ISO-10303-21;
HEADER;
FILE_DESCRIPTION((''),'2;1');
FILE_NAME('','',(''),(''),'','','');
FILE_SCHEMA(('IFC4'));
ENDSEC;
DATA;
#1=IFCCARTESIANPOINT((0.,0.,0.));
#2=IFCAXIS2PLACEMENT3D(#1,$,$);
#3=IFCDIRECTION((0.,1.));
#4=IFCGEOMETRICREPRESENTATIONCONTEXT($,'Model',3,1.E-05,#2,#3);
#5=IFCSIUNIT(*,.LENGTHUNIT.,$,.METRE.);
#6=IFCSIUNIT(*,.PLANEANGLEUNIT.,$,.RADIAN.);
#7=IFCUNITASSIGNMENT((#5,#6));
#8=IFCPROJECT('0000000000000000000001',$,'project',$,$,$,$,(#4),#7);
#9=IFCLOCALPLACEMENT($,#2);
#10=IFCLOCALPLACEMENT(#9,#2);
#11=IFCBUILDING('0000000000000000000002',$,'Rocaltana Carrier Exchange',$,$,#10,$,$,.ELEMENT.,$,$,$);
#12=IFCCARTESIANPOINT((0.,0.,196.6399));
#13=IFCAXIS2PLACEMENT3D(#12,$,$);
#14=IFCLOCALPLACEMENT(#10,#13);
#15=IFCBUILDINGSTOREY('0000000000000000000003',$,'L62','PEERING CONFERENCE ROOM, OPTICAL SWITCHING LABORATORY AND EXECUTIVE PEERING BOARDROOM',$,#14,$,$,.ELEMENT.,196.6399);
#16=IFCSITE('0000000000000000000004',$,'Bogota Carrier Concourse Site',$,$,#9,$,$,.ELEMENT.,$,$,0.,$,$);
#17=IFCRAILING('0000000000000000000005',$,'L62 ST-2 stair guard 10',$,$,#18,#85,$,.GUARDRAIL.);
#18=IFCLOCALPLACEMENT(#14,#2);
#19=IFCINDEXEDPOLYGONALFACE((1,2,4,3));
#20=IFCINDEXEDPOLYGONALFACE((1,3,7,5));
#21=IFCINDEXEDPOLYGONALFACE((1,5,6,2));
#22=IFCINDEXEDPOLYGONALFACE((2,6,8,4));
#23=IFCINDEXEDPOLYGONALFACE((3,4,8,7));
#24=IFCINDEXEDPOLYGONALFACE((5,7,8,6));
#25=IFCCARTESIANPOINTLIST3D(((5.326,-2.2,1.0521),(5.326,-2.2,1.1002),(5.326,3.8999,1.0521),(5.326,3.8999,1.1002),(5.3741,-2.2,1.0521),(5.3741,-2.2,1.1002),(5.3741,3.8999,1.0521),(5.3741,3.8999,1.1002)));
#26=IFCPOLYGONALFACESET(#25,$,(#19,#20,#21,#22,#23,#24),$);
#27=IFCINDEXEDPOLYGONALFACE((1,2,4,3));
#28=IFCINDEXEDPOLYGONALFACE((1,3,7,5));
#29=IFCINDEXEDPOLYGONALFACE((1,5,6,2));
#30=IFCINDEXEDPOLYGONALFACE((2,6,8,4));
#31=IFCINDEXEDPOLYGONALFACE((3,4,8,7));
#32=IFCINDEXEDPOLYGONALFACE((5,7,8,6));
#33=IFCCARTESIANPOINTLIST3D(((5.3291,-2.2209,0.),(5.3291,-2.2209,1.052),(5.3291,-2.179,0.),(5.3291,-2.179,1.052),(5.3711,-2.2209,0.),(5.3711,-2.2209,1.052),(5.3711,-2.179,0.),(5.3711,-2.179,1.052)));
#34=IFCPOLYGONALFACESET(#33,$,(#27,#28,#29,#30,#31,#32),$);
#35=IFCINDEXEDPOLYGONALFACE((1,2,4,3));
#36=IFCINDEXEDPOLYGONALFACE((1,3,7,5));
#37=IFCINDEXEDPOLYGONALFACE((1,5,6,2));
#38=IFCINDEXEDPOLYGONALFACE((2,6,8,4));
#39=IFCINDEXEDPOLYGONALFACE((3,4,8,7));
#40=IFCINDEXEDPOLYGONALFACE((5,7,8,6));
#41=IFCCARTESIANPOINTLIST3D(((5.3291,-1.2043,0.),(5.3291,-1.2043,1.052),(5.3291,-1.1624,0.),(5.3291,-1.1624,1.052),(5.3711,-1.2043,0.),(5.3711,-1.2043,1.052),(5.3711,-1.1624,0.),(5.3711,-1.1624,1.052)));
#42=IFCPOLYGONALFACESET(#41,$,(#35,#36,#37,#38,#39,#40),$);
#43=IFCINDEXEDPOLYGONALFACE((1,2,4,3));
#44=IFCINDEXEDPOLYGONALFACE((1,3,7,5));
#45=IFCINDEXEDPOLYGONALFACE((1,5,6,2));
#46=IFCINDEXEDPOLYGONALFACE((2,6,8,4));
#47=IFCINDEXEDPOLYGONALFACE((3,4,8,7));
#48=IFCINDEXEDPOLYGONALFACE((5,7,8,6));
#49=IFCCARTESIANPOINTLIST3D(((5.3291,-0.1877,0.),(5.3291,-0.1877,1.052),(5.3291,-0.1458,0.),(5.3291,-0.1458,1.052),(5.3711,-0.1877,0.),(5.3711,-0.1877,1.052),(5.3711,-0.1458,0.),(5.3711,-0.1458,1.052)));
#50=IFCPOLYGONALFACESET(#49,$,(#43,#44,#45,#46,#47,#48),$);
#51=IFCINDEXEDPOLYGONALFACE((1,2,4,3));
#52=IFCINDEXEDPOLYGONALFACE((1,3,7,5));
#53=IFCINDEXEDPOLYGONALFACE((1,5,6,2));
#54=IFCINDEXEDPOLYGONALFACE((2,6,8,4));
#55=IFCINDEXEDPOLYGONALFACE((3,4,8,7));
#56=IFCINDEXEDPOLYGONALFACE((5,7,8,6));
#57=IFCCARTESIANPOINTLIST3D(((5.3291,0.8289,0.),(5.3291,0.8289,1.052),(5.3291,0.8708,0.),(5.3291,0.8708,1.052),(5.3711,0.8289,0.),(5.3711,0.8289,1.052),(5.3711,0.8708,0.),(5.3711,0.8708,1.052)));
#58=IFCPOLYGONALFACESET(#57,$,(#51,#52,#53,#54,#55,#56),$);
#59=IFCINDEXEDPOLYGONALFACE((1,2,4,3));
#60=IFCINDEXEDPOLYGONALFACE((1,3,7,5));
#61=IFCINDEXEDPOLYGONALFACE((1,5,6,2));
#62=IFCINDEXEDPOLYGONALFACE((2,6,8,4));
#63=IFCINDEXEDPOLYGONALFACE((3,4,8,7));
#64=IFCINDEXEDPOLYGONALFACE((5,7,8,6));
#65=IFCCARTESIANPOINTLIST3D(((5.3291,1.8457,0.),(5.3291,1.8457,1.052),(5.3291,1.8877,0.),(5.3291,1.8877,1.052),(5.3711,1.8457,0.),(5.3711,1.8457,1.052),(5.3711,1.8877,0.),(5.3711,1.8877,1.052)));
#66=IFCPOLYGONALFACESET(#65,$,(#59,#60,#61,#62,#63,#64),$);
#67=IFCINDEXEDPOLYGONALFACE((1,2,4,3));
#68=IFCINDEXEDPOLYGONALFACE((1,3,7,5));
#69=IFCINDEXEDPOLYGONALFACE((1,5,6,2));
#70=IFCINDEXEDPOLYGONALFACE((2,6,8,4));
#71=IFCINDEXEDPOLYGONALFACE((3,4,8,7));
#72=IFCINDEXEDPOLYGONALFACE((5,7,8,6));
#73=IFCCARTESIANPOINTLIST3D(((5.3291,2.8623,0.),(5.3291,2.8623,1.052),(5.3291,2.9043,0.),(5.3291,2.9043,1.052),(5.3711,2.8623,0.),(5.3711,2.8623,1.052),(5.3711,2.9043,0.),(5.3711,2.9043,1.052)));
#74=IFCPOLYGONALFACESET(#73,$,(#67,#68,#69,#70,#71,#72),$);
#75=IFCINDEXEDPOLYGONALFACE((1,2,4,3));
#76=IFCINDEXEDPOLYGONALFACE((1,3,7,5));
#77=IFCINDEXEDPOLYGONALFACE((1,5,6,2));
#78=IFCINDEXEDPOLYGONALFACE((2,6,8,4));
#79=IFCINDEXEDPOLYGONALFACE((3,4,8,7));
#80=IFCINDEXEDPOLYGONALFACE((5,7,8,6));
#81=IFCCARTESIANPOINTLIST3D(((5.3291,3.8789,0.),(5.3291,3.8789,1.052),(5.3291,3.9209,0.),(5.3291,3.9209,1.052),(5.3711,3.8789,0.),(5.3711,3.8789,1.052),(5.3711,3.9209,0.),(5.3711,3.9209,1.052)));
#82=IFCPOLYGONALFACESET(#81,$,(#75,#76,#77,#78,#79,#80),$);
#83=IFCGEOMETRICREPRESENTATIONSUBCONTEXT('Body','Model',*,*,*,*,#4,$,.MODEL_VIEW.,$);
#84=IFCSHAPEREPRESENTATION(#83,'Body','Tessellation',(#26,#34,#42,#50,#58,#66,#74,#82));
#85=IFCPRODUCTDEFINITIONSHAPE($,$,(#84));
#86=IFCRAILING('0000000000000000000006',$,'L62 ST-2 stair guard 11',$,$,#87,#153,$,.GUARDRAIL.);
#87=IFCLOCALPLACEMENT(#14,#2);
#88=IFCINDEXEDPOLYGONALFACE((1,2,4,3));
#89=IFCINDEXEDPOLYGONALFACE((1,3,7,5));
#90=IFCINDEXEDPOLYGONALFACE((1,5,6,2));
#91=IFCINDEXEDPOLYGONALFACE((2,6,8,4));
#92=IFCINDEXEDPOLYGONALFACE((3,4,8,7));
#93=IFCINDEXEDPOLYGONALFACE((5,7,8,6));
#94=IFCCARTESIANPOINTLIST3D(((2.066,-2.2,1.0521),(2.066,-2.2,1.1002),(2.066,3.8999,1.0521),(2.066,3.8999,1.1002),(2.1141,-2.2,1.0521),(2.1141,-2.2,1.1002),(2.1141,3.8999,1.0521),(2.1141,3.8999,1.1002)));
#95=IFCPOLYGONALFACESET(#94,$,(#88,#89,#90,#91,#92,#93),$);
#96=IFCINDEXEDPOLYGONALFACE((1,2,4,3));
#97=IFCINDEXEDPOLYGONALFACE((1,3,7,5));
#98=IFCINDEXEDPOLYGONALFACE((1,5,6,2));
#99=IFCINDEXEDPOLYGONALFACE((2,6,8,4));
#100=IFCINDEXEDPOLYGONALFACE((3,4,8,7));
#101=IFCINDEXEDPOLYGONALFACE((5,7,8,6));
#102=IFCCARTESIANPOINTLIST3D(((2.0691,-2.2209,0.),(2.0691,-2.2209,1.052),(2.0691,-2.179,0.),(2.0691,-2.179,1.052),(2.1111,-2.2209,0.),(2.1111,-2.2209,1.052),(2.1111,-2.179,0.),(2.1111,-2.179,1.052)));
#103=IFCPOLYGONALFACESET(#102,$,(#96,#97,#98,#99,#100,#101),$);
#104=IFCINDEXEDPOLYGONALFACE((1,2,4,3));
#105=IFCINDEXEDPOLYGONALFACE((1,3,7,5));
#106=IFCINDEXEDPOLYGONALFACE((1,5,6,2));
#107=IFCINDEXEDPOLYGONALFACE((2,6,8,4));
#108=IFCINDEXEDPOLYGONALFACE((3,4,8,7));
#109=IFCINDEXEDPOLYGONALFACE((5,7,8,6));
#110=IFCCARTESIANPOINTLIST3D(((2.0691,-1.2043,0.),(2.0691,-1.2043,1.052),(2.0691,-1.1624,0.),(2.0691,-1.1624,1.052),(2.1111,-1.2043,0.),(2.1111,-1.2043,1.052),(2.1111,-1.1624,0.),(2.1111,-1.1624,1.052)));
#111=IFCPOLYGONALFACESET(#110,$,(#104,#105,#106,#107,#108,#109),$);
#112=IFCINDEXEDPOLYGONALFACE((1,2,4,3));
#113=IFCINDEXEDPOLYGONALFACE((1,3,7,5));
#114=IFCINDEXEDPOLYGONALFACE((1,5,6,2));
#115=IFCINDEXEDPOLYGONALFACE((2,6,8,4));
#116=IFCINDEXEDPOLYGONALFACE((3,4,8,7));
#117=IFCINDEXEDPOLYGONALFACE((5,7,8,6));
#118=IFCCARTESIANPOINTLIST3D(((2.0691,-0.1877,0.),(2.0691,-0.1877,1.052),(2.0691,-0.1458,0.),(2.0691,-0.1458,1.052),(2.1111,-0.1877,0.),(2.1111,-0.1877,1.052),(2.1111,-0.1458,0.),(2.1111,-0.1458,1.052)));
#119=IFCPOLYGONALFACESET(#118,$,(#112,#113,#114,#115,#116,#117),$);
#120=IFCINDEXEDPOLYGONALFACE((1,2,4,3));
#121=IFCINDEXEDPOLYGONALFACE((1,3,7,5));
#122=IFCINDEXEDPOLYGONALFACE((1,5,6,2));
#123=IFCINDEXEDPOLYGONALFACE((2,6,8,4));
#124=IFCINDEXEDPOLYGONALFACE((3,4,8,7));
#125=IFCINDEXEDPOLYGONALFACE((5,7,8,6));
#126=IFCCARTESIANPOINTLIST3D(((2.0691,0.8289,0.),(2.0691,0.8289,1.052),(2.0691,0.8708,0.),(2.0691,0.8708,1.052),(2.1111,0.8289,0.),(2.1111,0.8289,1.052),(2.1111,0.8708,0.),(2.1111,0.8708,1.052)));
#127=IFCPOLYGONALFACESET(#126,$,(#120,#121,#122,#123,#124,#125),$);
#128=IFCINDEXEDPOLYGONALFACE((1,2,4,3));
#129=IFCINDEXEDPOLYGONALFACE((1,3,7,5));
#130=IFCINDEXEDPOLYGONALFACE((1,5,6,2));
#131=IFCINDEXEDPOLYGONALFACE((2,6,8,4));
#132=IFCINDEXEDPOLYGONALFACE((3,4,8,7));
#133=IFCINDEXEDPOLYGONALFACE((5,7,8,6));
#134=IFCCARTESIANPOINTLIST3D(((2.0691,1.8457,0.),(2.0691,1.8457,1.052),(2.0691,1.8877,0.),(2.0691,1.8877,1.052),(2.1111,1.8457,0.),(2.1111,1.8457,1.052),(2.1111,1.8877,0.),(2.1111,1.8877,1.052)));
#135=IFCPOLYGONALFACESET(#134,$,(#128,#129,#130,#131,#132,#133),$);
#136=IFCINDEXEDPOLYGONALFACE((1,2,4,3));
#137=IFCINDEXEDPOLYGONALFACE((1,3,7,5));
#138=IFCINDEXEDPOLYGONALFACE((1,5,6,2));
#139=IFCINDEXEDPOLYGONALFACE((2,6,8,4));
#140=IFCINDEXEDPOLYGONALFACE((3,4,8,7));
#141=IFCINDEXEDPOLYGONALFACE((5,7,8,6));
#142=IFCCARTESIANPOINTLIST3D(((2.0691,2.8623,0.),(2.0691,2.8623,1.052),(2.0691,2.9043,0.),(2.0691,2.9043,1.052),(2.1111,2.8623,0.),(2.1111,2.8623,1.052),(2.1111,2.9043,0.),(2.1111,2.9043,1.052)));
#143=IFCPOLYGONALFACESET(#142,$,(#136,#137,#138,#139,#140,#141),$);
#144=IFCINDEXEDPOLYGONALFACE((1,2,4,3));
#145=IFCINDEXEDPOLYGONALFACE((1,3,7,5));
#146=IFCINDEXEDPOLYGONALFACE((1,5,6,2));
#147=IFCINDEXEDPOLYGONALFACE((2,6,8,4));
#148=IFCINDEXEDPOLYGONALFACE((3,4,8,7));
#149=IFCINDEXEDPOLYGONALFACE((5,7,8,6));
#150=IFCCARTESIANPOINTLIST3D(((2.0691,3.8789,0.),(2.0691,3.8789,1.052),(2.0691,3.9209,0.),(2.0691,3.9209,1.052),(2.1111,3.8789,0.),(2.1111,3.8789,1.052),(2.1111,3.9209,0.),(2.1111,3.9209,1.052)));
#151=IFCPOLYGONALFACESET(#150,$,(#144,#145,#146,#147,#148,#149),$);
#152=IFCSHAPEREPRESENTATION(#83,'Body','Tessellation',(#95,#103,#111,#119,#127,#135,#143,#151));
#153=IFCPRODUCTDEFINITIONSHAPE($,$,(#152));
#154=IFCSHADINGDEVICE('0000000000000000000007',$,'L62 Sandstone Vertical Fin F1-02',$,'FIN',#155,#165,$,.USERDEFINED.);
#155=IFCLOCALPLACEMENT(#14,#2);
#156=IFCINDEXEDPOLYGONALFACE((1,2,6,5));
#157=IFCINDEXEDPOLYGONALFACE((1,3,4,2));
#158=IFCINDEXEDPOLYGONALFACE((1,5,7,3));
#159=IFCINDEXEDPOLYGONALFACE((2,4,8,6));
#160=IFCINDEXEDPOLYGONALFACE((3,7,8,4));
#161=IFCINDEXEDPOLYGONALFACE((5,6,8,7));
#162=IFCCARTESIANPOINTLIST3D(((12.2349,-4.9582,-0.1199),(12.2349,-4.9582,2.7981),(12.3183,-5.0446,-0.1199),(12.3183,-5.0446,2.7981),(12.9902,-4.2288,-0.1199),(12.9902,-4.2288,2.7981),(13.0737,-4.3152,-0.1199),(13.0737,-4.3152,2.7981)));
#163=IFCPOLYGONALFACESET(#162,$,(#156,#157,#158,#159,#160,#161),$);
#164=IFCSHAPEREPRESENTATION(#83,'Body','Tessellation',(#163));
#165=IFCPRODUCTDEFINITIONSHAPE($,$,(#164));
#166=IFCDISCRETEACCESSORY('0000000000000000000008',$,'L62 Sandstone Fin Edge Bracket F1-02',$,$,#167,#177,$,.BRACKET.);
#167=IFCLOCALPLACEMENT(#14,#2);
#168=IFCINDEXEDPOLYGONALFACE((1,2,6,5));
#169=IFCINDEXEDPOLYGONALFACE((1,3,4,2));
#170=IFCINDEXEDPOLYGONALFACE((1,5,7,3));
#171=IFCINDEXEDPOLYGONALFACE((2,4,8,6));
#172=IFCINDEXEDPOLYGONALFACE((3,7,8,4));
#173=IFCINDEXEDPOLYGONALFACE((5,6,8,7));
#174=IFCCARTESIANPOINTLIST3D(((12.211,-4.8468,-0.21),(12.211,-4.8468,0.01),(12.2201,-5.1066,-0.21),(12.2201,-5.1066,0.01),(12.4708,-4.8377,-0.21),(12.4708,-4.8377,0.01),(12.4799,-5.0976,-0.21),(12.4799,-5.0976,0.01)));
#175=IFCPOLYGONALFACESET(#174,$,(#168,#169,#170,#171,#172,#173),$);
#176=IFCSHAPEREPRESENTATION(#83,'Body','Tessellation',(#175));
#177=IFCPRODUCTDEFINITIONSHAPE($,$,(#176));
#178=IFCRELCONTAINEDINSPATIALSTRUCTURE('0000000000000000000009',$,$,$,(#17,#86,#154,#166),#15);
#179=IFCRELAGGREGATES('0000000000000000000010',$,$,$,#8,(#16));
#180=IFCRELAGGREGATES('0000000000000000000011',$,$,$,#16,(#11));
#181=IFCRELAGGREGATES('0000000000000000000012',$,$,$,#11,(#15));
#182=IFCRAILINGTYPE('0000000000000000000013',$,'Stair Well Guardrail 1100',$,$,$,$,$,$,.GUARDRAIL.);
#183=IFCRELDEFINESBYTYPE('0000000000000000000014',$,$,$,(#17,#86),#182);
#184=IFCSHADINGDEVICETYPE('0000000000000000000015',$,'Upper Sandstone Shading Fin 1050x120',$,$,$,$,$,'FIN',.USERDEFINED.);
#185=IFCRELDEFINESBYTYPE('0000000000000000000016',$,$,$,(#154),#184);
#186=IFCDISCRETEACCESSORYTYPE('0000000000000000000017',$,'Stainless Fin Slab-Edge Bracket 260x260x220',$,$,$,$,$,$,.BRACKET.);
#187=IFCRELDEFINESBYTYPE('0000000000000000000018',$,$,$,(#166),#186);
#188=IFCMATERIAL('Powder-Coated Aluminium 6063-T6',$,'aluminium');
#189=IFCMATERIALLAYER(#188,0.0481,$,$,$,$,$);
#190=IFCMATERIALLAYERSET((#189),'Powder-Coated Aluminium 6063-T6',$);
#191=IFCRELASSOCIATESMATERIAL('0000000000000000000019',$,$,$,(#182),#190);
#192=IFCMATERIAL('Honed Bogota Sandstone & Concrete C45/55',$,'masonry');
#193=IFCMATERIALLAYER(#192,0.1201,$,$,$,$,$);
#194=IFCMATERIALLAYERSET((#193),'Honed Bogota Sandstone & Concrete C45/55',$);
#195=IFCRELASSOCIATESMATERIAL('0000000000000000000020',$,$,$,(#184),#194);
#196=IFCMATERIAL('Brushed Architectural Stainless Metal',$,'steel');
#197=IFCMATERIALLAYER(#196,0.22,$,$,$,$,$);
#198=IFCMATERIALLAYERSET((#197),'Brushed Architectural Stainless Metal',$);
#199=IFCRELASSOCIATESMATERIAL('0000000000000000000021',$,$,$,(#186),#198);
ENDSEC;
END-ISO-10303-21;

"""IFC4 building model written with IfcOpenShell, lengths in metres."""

from ifc_helpers import new_model, si_unit, direction, frame, origin, origin_2d, place, context, subcontext, project, spatial, rectangle, extrude, material, layer, layer_set, type_object, element, save


model = new_model("IFC4")

# Units and contexts
model_context = context("Model", 3, precision=1e-05, world=origin(), true_north=direction((0.0, 1.0)))
body_context = subcontext(model_context, "Body", "Model", "MODEL_VIEW")
ifc_project = project(units=[si_unit("LENGTHUNIT", "METRE"), si_unit("PLANEANGLEUNIT", "RADIAN")], contexts=[model_context])

# Site, building, storey
site_placement = place(None, origin())
site = spatial("IfcSite", under=ifc_project, at=site_placement, Name="Bogota Carrier Concourse Site", CompositionType="ELEMENT", RefElevation=0.0)
building_placement = place(site_placement, origin())
building = spatial("IfcBuilding", under=site, at=building_placement, Name="Rocaltana Carrier Exchange", CompositionType="ELEMENT")
storey_placement = place(building_placement, frame((0.0, 0.0, 196.6399)))
storey = spatial("IfcBuildingStorey", under=building, at=storey_placement, Name="L62", Description="PEERING CONFERENCE ROOM, OPTICAL SWITCHING LABORATORY AND EXECUTIVE PEERING BOARDROOM", CompositionType="ELEMENT", Elevation=196.6399)

# Railings
ifc_material_1 = material(Name="Powder-Coated Aluminium 6063-T6", Category="aluminium")
ifc_layer_1 = layer(ifc_material_1, 0.0481)
ifc_layer_set_1 = layer_set([ifc_layer_1], Name="Powder-Coated Aluminium 6063-T6")
railing_type_1 = type_object("IfcRailingType", Name="Stair Well Guardrail 1100", PredefinedType="GUARDRAIL", material=ifc_layer_set_1)
for number, where, name in (
    (1, (5.3501, -2.2, 0.0), "L62 ST-2 stair guard 10"),
    (2, (2.0901, -2.2, 0.0), "L62 ST-2 stair guard 11"),
):
    element("IfcRailing", number, at=place(storey_placement, frame(where)), inside=storey, type_object=railing_type_1, Name=name, PredefinedType="GUARDRAIL", context=body_context, shape_type="SweptSolid", body=[
        extrude(rectangle(XDim=0.0481, YDim=0.0481, at=origin_2d()), frame((0.0, 0.0, 1.0762), z_axis=(0.0, 1.0, 0.0), x_axis=(-1.0, 0.0, 0.0)), (0.0, 0.0, 1.0), 6.0999),
        extrude(rectangle(XDim=0.042, YDim=0.042, at=origin_2d()), origin(), (0.0, 0.0, 1.0), 1.052),
        extrude(rectangle(XDim=0.042, YDim=0.042, at=origin_2d()), frame((0.0, 1.0166, 0.0)), (0.0, 0.0, 1.0), 1.052),
        extrude(rectangle(XDim=0.042, YDim=0.042, at=origin_2d()), frame((0.0, 2.0332, 0.0)), (0.0, 0.0, 1.0), 1.052),
        extrude(rectangle(XDim=0.042, YDim=0.042, at=origin_2d()), frame((0.0, 3.0498, 0.0)), (0.0, 0.0, 1.0), 1.052),
        extrude(rectangle(XDim=0.042, YDim=0.042, at=origin_2d()), frame((0.0, 4.0667, 0.0)), (0.0, 0.0, 1.0), 1.052),
        extrude(rectangle(XDim=0.042, YDim=0.042, at=origin_2d()), frame((0.0, 5.0833, 0.0)), (0.0, 0.0, 1.0), 1.052),
        extrude(rectangle(XDim=0.042, YDim=0.042, at=origin_2d()), frame((0.0, 6.0999, 0.0)), (0.0, 0.0, 1.0), 1.052),
    ])

# Shading device
ifc_material_2 = material(Name="Honed Bogota Sandstone & Concrete C45/55", Category="masonry")
ifc_layer_2 = layer(ifc_material_2, 0.1201)
ifc_layer_set_2 = layer_set([ifc_layer_2], Name="Honed Bogota Sandstone & Concrete C45/55")
shading_device_type = type_object("IfcShadingDeviceType", Name="Upper Sandstone Shading Fin 1050x120", ElementType="FIN", PredefinedType="USERDEFINED", material=ifc_layer_set_2)
shading_device_placement = place(storey_placement, frame((12.6543, -4.6367, -0.1199), z_axis=(0.0, 0.0, 1.0), x_axis=(0.71934, 0.694658, 0.0)))
element("IfcShadingDevice", 3, at=shading_device_placement, inside=storey, type_object=shading_device_type, Name="L62 Sandstone Vertical Fin F1-02", ObjectType="FIN", PredefinedType="USERDEFINED", context=body_context, shape_type="SweptSolid", body=[
    extrude(rectangle(XDim=1.05, YDim=0.1201, at=origin_2d()), origin(), (0.0, 0.0, 1.0), 2.918),
])

# Discrete accessory
ifc_material_3 = material(Name="Brushed Architectural Stainless Metal", Category="steel")
ifc_layer_3 = layer(ifc_material_3, 0.22)
ifc_layer_set_3 = layer_set([ifc_layer_3], Name="Brushed Architectural Stainless Metal")
discrete_accessory_type = type_object("IfcDiscreteAccessoryType", Name="Stainless Fin Slab-Edge Bracket 260x260x220", PredefinedType="BRACKET", material=ifc_layer_set_3)
discrete_accessory_placement = place(storey_placement, frame((12.3455, -4.9722, -0.21), z_axis=(0.0, 0.0, 1.0), x_axis=(-0.034899, 0.999391, 0.0)))
element("IfcDiscreteAccessory", 4, at=discrete_accessory_placement, inside=storey, type_object=discrete_accessory_type, Name="L62 Sandstone Fin Edge Bracket F1-02", PredefinedType="BRACKET", context=body_context, shape_type="SweptSolid", body=[
    extrude(rectangle(XDim=0.26, YDim=0.26, at=origin_2d()), origin(), (0.0, 0.0, 1.0), 0.22),
])

save(model, "model.ifc")
